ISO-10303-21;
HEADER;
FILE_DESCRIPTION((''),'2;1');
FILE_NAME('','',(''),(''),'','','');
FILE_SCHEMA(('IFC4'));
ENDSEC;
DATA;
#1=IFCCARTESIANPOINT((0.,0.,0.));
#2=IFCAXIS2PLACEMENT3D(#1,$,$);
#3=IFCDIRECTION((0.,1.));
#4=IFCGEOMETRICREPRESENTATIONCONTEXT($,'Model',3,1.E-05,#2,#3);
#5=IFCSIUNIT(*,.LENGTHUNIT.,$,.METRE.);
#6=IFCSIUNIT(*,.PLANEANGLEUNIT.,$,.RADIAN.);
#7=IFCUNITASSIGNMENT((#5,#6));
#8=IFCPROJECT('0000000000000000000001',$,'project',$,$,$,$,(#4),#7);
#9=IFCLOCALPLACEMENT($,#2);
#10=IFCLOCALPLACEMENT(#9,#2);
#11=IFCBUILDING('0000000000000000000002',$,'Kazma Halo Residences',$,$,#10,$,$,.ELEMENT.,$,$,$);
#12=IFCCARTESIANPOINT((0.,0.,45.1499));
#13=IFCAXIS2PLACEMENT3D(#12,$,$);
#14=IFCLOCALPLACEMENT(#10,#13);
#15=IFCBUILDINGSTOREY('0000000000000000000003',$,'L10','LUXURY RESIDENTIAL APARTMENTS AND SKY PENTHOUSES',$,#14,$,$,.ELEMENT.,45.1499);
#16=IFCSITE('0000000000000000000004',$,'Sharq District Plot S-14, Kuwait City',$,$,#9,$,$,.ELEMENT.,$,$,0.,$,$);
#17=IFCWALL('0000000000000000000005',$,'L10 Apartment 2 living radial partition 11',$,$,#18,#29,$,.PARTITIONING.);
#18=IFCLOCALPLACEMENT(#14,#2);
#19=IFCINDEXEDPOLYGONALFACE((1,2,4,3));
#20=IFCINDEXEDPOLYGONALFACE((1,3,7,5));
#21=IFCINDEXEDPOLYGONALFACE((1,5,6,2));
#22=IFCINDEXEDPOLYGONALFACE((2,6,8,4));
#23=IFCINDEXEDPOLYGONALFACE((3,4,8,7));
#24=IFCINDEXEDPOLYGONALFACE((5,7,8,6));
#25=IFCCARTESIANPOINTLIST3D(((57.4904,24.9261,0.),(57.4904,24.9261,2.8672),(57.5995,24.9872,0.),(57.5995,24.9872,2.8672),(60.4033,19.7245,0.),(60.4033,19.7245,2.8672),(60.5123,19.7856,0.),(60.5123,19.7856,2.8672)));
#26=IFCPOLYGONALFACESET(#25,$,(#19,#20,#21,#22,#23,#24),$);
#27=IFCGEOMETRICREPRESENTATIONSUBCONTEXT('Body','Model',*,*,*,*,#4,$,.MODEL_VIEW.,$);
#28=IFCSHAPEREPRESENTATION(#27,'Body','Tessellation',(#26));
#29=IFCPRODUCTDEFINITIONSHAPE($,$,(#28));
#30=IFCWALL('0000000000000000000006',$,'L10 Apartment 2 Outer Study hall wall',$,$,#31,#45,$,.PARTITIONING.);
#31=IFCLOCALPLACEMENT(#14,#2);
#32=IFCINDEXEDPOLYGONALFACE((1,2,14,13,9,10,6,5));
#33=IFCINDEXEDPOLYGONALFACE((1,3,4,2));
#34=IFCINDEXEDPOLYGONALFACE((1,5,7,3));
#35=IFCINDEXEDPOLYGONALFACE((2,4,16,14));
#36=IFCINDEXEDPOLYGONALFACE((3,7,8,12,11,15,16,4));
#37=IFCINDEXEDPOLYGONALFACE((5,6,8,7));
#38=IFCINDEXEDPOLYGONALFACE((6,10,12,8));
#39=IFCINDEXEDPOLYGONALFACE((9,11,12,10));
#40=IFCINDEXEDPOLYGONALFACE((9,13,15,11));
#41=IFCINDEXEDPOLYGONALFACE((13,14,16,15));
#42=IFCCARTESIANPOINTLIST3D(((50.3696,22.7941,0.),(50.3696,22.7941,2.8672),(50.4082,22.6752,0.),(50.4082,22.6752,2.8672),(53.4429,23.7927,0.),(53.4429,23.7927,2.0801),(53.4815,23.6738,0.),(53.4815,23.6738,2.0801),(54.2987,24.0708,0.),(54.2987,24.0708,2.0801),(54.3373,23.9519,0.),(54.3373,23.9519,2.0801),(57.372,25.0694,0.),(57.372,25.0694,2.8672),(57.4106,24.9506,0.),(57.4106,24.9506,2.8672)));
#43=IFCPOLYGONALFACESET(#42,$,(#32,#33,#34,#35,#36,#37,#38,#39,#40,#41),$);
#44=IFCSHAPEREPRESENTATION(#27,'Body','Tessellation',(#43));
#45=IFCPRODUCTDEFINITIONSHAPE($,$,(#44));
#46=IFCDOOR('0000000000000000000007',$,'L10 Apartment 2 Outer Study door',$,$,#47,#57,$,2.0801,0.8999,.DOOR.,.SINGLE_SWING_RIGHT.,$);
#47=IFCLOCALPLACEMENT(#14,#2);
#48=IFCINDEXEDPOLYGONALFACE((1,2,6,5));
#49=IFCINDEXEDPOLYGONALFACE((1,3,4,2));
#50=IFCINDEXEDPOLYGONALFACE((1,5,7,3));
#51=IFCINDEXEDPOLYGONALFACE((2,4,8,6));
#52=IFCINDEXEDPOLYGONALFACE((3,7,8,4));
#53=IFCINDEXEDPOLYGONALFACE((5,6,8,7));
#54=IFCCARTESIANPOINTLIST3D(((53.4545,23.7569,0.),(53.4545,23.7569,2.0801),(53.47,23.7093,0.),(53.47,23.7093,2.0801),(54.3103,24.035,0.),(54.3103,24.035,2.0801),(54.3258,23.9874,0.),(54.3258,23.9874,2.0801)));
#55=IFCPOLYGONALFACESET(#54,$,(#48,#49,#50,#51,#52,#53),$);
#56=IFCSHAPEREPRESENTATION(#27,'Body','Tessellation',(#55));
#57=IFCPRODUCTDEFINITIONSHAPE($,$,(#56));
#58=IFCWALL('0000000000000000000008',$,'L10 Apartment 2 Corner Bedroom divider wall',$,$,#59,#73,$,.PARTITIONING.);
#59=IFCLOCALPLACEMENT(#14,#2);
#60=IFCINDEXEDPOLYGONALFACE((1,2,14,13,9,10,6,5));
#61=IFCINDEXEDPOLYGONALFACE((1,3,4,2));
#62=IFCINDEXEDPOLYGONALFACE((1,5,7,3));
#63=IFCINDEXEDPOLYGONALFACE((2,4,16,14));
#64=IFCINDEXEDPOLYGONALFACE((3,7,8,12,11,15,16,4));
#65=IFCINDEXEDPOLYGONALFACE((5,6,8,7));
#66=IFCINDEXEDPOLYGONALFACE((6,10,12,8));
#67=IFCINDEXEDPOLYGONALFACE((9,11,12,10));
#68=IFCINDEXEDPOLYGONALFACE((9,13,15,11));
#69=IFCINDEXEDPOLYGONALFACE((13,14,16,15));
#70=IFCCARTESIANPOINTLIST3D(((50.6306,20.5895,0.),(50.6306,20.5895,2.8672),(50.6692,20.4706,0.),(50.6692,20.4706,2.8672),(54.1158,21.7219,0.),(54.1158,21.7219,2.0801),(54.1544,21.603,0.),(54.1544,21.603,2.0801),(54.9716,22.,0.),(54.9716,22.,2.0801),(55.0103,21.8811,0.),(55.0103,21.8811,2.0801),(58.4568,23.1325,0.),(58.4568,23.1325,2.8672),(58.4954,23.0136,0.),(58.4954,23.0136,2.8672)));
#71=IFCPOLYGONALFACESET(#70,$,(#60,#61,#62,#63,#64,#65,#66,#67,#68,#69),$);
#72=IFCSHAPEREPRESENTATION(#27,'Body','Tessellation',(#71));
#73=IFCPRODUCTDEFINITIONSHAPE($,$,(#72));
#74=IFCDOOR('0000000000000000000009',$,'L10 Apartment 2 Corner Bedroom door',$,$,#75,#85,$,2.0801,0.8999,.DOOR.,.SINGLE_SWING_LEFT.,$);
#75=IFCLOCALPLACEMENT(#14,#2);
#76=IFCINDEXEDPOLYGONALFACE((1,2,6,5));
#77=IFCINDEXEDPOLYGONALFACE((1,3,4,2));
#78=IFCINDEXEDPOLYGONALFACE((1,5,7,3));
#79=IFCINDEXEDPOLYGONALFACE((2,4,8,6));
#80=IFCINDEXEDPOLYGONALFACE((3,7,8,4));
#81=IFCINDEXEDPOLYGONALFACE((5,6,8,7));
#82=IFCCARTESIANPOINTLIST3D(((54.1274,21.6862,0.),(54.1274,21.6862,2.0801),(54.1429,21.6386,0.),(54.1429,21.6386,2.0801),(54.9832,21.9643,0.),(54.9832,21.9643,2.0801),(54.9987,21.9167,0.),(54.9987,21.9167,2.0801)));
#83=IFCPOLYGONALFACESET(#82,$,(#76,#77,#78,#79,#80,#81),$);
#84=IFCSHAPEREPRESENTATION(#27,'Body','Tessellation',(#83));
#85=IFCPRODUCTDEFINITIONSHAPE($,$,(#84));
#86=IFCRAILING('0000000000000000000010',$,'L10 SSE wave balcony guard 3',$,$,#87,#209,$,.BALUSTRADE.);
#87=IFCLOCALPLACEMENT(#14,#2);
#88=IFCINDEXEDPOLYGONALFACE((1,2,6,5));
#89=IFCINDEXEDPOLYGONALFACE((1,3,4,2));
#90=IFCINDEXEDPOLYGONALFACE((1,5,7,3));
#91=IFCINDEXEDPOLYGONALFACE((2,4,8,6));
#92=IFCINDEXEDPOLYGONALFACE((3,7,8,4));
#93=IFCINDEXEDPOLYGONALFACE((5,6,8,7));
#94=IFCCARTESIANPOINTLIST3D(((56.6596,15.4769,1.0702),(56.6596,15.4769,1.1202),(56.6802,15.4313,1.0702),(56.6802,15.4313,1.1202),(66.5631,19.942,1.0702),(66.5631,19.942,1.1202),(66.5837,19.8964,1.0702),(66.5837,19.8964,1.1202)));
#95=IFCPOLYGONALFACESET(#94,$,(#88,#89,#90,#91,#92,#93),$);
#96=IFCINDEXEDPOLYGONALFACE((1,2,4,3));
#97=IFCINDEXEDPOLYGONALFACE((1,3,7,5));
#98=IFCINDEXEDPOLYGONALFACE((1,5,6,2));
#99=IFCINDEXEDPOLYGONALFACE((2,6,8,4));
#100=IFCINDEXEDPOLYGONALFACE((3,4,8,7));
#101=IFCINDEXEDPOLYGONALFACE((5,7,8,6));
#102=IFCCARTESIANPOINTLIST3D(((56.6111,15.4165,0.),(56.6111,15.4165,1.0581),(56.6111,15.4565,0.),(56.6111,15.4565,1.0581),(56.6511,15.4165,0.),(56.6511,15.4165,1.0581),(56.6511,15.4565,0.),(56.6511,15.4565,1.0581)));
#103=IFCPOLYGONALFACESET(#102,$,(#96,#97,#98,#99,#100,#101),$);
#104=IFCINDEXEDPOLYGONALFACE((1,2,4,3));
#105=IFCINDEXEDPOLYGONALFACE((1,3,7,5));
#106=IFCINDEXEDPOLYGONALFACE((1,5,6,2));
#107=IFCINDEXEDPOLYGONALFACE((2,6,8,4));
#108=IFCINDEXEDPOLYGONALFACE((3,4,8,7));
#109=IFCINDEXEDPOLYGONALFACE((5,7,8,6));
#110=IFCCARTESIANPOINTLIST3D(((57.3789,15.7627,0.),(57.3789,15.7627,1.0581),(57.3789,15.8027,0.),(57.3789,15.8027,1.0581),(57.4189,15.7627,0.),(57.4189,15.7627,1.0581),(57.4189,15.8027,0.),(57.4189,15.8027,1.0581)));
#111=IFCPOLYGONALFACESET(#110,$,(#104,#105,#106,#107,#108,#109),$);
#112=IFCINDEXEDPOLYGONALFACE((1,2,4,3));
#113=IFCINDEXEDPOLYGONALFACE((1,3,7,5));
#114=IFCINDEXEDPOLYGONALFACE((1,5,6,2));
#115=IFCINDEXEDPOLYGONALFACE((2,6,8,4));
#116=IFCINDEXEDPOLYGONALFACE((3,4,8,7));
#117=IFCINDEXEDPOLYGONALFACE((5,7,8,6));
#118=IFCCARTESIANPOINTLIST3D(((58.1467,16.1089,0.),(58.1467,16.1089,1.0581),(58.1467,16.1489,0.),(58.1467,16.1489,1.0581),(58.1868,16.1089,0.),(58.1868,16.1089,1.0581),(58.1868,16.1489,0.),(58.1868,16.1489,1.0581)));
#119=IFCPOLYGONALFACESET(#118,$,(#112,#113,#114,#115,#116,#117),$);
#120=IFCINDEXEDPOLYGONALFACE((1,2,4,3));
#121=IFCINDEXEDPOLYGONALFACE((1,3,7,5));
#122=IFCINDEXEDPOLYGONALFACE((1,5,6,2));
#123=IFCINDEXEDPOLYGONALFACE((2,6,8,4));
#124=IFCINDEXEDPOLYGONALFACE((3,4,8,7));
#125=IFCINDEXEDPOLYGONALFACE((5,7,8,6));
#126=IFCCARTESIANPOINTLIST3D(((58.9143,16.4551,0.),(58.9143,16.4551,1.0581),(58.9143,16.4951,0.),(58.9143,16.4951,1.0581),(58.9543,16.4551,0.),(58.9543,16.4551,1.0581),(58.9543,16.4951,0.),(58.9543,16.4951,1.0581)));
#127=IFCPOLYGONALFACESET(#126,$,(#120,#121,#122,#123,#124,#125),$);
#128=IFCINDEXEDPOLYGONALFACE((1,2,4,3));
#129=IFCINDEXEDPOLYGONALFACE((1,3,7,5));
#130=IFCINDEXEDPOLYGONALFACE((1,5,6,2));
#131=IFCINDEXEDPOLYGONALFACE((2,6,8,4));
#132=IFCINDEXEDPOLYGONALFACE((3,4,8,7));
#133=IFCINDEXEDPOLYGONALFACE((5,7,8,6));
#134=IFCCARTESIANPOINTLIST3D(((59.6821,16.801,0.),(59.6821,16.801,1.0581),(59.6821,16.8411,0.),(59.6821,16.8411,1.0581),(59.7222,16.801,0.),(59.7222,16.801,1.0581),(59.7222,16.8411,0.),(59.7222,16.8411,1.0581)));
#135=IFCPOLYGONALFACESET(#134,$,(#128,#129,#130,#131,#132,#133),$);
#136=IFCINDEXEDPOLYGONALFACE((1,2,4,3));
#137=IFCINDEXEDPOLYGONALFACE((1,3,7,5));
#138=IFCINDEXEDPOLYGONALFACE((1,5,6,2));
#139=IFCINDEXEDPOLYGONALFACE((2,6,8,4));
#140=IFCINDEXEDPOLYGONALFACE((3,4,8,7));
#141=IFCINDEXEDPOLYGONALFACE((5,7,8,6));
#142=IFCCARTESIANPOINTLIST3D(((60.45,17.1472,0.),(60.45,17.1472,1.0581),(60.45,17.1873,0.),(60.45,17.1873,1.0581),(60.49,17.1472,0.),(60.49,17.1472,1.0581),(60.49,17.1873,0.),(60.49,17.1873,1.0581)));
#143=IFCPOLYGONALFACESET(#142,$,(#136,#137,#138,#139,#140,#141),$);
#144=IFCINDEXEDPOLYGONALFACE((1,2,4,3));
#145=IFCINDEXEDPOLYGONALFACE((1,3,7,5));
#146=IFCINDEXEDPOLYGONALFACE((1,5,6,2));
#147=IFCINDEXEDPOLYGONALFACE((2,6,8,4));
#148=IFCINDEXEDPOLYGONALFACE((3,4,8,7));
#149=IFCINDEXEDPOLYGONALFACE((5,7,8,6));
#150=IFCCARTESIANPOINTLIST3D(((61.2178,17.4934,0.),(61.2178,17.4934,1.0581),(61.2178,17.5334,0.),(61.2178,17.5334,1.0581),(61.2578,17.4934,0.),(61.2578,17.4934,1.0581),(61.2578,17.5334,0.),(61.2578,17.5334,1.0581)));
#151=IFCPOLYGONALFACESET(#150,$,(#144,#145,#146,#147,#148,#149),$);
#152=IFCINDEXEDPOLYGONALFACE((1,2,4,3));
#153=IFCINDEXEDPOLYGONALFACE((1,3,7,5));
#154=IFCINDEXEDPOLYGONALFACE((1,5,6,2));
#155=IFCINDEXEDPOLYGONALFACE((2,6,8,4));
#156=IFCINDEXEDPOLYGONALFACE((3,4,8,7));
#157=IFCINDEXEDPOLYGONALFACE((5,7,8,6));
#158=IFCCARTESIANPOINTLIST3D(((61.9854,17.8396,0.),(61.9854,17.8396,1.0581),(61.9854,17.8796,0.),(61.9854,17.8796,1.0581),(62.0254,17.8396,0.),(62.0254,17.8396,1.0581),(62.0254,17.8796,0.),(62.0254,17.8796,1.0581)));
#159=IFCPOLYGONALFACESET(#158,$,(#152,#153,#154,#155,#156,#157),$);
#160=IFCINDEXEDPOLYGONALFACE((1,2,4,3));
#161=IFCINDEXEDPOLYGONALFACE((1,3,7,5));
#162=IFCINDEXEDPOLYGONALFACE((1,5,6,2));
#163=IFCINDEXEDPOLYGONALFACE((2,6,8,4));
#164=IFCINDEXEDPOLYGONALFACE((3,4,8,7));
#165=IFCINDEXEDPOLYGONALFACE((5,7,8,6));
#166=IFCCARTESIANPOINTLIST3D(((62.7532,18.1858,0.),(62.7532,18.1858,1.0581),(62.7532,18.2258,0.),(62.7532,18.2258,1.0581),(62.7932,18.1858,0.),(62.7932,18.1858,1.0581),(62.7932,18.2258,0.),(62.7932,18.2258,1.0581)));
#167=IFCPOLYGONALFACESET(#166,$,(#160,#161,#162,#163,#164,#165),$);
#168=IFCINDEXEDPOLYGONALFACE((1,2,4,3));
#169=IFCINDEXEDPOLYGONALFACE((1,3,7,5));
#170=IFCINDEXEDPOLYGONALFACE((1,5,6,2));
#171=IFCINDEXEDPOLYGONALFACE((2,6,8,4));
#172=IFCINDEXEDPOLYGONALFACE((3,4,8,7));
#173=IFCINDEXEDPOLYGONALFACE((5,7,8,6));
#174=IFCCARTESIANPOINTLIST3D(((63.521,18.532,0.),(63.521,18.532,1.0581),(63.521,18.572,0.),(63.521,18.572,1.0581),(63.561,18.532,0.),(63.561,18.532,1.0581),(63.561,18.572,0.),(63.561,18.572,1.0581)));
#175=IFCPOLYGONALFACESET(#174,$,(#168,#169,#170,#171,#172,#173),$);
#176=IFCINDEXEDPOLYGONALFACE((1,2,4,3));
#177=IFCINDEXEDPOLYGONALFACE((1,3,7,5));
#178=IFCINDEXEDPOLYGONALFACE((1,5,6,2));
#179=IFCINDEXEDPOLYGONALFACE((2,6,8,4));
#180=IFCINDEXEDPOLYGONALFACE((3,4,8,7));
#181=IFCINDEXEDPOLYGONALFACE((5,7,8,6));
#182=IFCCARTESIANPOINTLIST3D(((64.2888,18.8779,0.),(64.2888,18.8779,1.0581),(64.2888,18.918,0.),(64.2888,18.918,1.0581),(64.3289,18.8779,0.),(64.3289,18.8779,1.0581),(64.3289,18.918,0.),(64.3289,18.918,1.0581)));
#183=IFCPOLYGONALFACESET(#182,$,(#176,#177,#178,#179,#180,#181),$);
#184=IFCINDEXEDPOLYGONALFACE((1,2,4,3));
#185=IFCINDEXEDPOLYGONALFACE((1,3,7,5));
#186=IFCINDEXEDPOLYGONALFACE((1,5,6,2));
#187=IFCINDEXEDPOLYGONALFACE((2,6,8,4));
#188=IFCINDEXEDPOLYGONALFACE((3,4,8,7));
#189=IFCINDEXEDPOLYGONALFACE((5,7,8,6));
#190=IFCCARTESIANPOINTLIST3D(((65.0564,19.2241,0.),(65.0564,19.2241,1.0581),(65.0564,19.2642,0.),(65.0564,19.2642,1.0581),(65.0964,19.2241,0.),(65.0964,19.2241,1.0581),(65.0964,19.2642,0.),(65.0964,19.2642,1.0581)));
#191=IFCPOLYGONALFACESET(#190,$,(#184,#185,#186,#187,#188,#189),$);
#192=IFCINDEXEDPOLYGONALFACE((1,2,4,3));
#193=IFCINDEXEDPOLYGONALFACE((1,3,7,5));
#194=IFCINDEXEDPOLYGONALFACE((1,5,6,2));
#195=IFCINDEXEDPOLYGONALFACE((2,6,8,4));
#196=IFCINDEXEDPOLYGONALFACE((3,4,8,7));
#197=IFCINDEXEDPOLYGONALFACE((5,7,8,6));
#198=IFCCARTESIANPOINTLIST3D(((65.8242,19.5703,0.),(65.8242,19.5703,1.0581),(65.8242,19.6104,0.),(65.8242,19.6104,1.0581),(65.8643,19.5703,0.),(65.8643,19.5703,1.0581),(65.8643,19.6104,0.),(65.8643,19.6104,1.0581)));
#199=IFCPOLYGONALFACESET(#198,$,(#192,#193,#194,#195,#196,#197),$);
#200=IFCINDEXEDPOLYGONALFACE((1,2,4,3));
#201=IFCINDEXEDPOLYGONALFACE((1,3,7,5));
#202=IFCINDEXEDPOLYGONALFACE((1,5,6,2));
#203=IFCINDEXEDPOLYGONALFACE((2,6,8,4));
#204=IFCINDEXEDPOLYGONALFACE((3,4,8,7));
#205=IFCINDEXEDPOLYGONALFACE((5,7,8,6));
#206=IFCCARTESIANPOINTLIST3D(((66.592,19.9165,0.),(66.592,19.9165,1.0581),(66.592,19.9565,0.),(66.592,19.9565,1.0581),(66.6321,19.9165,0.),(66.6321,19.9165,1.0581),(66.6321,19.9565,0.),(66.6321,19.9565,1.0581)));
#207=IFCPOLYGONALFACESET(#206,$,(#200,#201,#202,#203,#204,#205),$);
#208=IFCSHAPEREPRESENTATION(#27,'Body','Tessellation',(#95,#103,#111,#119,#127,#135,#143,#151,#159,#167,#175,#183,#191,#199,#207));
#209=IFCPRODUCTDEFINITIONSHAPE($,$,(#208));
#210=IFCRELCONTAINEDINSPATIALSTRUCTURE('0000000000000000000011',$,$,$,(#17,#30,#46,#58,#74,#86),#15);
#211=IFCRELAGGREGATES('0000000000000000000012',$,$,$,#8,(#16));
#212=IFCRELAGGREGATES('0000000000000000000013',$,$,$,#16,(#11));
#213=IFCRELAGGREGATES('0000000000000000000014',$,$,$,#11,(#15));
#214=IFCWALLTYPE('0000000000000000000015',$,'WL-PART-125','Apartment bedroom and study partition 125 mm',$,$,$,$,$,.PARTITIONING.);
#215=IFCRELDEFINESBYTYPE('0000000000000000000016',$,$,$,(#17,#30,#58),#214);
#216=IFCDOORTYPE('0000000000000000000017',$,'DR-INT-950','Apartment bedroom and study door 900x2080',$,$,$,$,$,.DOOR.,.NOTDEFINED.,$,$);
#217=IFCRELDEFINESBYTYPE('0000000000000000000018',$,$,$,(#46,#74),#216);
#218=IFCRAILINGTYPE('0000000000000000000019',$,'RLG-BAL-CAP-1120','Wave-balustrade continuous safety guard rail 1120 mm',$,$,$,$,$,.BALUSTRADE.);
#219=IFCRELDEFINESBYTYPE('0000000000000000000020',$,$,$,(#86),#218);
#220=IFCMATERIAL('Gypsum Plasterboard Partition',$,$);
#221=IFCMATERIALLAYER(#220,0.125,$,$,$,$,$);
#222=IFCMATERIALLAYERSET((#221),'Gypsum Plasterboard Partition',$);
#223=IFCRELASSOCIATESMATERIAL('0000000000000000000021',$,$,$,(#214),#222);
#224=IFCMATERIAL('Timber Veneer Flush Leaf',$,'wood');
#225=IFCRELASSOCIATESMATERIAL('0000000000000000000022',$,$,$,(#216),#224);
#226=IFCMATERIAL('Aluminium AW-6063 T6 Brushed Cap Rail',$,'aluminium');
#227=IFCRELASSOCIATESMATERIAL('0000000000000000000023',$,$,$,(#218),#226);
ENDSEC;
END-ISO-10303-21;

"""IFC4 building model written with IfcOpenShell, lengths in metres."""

from ifc_helpers import new_model, si_unit, direction, frame, frame_2d, origin, origin_2d, place, context, subcontext, project, spatial, rectangle, extrude, material, layer, layer_set, type_object, element, fill, save


model = new_model("IFC4")

# Units and contexts
model_context = context("Model", 3, precision=1e-05, world=origin(), true_north=direction((0.0, 1.0)))
body_context = subcontext(model_context, "Body", "Model", "MODEL_VIEW")
ifc_project = project(units=[si_unit("LENGTHUNIT", "METRE"), si_unit("PLANEANGLEUNIT", "RADIAN")], contexts=[model_context])

# Site, building, storey
site_placement = place(None, origin())
site = spatial("IfcSite", under=ifc_project, at=site_placement, Name="Sharq District Plot S-14, Kuwait City", CompositionType="ELEMENT", RefElevation=0.0)
building_placement = place(site_placement, origin())
building = spatial("IfcBuilding", under=site, at=building_placement, Name="Kazma Halo Residences", CompositionType="ELEMENT")
storey_placement = place(building_placement, frame((0.0, 0.0, 45.1499)))
storey = spatial("IfcBuildingStorey", under=building, at=storey_placement, Name="L10", Description="LUXURY RESIDENTIAL APARTMENTS AND SKY PENTHOUSES", CompositionType="ELEMENT", Elevation=45.1499)

# Wall
ifc_material_1 = material(Name="Gypsum Plasterboard Partition")
ifc_layer_1 = layer(ifc_material_1, 0.125)
ifc_layer_set_1 = layer_set([ifc_layer_1], Name="Gypsum Plasterboard Partition")
wall_type_1 = type_object("IfcWallType", Name="WL-PART-125", Description="Apartment bedroom and study partition 125 mm", PredefinedType="PARTITIONING", material=ifc_layer_set_1)
wall_1_placement = place(storey_placement, frame((57.5449, 24.9568, 0.0), z_axis=(0.0, 0.0, 1.0), x_axis=(0.488592, -0.872512, 0.0)))
element("IfcWall", 1, at=wall_1_placement, inside=storey, type_object=wall_type_1, Name="L10 Apartment 2 living radial partition 11", PredefinedType="PARTITIONING", context=body_context, shape_type="SweptSolid", body=[
    extrude(rectangle(XDim=5.9617, YDim=0.125, at=frame_2d((2.981, 0.0))), origin(), (0.0, 0.0, 1.0), 2.8672),
])

# Walls, openings, doors
wall_2_placement = place(storey_placement, frame((50.3889, 22.7346, 0.0), z_axis=(0.0, 0.0, 1.0), x_axis=(0.95105, 0.309037, 0.0)))
wall_2 = element("IfcWall", 2, at=wall_2_placement, inside=storey, type_object=wall_type_1, Name="L10 Apartment 2 Outer Study hall wall", PredefinedType="PARTITIONING", context=body_context, shape_type="SweptSolid", body=[
    extrude(rectangle(XDim=7.3628, YDim=0.125, at=frame_2d((3.6814, 0.0))), origin(), (0.0, 0.0, 1.0), 2.8672),
])
opening_1_placement = place(wall_2_placement, frame((3.2314, 0.0, 0.0)))
opening_1 = element("IfcOpeningElement", 3, at=opening_1_placement, cuts=wall_2, PredefinedType="OPENING", context=body_context, shape_type="SweptSolid", body=[
    extrude(rectangle(XDim=0.8999, YDim=2.0801, at=frame_2d((0.45, 1.04))), frame((0.0, 0.0725, 0.0), z_axis=(0.0, -1.0, 0.0), x_axis=(1.0, 0.0, 0.0)), (0.0, 0.0, 1.0), 0.145),
])
ifc_material_2 = material(Name="Timber Veneer Flush Leaf", Category="wood")
door_type_1 = type_object("IfcDoorType", Name="DR-INT-950", Description="Apartment bedroom and study door 900x2080", OperationType="NOTDEFINED", PredefinedType="DOOR", material=ifc_material_2)
door_1_placement = place(opening_1_placement, origin())
door_1 = element("IfcDoor", 4, at=door_1_placement, inside=storey, type_object=door_type_1, Name="L10 Apartment 2 Outer Study door", OperationType="SINGLE_SWING_RIGHT", OverallHeight=2.0801, OverallWidth=0.8999, PredefinedType="DOOR", context=body_context, shape_type="SweptSolid", body=[
    extrude(rectangle(XDim=0.8999, YDim=2.0801, at=frame_2d((0.45, 1.04))), frame((0.0, 0.0249, 0.0), z_axis=(0.0, -1.0, 0.0), x_axis=(1.0, 0.0, 0.0)), (0.0, 0.0, 1.0), 0.05),
])
fill(opening_1, door_1)
wall_3_placement = place(storey_placement, frame((50.6499, 20.53, 0.0), z_axis=(0.0, 0.0, 1.0), x_axis=(0.951053, 0.309027, 0.0)))
wall_3 = element("IfcWall", 5, at=wall_3_placement, inside=storey, type_object=wall_type_1, Name="L10 Apartment 2 Corner Bedroom divider wall", PredefinedType="PARTITIONING", context=body_context, shape_type="SweptSolid", body=[
    extrude(rectangle(XDim=8.229, YDim=0.125, at=frame_2d((4.1145, 0.0))), origin(), (0.0, 0.0, 1.0), 2.8672),
])
opening_2_placement = place(wall_3_placement, frame((3.6646, 0.0, 0.0)))
opening_2 = element("IfcOpeningElement", 6, at=opening_2_placement, cuts=wall_3, PredefinedType="OPENING", context=body_context, shape_type="SweptSolid", body=[
    extrude(rectangle(XDim=0.8999, YDim=2.0801, at=frame_2d((0.45, 1.04))), frame((0.0, 0.0725, 0.0), z_axis=(0.0, -1.0, 0.0), x_axis=(1.0, 0.0, 0.0)), (0.0, 0.0, 1.0), 0.145),
])
door_2_placement = place(opening_2_placement, origin())
door_2 = element("IfcDoor", 7, at=door_2_placement, inside=storey, type_object=door_type_1, Name="L10 Apartment 2 Corner Bedroom door", OperationType="SINGLE_SWING_LEFT", OverallHeight=2.0801, OverallWidth=0.8999, PredefinedType="DOOR", context=body_context, shape_type="SweptSolid", body=[
    extrude(rectangle(XDim=0.8999, YDim=2.0801, at=frame_2d((0.45, 1.04))), frame((0.0, 0.0249, 0.0), z_axis=(0.0, -1.0, 0.0), x_axis=(1.0, 0.0, 0.0)), (0.0, 0.0, 1.0), 0.05),
])
fill(opening_2, door_2)

# Railing
ifc_material_3 = material(Name="Aluminium AW-6063 T6 Brushed Cap Rail", Category="aluminium")
railing_type = type_object("IfcRailingType", Name="RLG-BAL-CAP-1120", Description="Wave-balustrade continuous safety guard rail 1120 mm", PredefinedType="BALUSTRADE", material=ifc_material_3)
railing_placement = place(storey_placement, frame((56.6311, 15.4365, 0.0)))
element("IfcRailing", 8, at=railing_placement, inside=storey, type_object=railing_type, Name="L10 SSE wave balcony guard 3", PredefinedType="BALUSTRADE", context=body_context, shape_type="SweptSolid", body=[
    extrude(rectangle(XDim=0.05, YDim=0.05, at=origin_2d()), frame((0.0388, 0.0176, 1.0952), z_axis=(0.911628, 0.411015, 0.0), x_axis=(-0.411015, 0.911628, 0.0)), (0.0, 0.0, 1.0), 10.8635),
    extrude(rectangle(XDim=0.04, YDim=0.04, at=origin_2d()), origin(), (0.0, 0.0, 1.0), 1.0581),
    extrude(rectangle(XDim=0.04, YDim=0.04, at=origin_2d()), frame((0.7678, 0.3462, 0.0)), (0.0, 0.0, 1.0), 1.0581),
    extrude(rectangle(XDim=0.04, YDim=0.04, at=origin_2d()), frame((1.5356, 0.6924, 0.0)), (0.0, 0.0, 1.0), 1.0581),
    extrude(rectangle(XDim=0.04, YDim=0.04, at=origin_2d()), frame((2.3032, 1.0386, 0.0)), (0.0, 0.0, 1.0), 1.0581),
    extrude(rectangle(XDim=0.04, YDim=0.04, at=origin_2d()), frame((3.071, 1.3845, 0.0)), (0.0, 0.0, 1.0), 1.0581),
    extrude(rectangle(XDim=0.04, YDim=0.04, at=origin_2d()), frame((3.8389, 1.7307, 0.0)), (0.0, 0.0, 1.0), 1.0581),
    extrude(rectangle(XDim=0.04, YDim=0.04, at=origin_2d()), frame((4.6067, 2.0769, 0.0)), (0.0, 0.0, 1.0), 1.0581),
    extrude(rectangle(XDim=0.04, YDim=0.04, at=origin_2d()), frame((5.3743, 2.4231, 0.0)), (0.0, 0.0, 1.0), 1.0581),
    extrude(rectangle(XDim=0.04, YDim=0.04, at=origin_2d()), frame((6.1421, 2.7693, 0.0)), (0.0, 0.0, 1.0), 1.0581),
    extrude(rectangle(XDim=0.04, YDim=0.04, at=origin_2d()), frame((6.9099, 3.1155, 0.0)), (0.0, 0.0, 1.0), 1.0581),
    extrude(rectangle(XDim=0.04, YDim=0.04, at=origin_2d()), frame((7.6777, 3.4614, 0.0)), (0.0, 0.0, 1.0), 1.0581),
    extrude(rectangle(XDim=0.04, YDim=0.04, at=origin_2d()), frame((8.4453, 3.8076, 0.0)), (0.0, 0.0, 1.0), 1.0581),
    extrude(rectangle(XDim=0.04, YDim=0.04, at=origin_2d()), frame((9.2131, 4.1538, 0.0)), (0.0, 0.0, 1.0), 1.0581),
    extrude(rectangle(XDim=0.04, YDim=0.04, at=origin_2d()), frame((9.981, 4.5, 0.0)), (0.0, 0.0, 1.0), 1.0581),
])

save(model, "model.ifc")
